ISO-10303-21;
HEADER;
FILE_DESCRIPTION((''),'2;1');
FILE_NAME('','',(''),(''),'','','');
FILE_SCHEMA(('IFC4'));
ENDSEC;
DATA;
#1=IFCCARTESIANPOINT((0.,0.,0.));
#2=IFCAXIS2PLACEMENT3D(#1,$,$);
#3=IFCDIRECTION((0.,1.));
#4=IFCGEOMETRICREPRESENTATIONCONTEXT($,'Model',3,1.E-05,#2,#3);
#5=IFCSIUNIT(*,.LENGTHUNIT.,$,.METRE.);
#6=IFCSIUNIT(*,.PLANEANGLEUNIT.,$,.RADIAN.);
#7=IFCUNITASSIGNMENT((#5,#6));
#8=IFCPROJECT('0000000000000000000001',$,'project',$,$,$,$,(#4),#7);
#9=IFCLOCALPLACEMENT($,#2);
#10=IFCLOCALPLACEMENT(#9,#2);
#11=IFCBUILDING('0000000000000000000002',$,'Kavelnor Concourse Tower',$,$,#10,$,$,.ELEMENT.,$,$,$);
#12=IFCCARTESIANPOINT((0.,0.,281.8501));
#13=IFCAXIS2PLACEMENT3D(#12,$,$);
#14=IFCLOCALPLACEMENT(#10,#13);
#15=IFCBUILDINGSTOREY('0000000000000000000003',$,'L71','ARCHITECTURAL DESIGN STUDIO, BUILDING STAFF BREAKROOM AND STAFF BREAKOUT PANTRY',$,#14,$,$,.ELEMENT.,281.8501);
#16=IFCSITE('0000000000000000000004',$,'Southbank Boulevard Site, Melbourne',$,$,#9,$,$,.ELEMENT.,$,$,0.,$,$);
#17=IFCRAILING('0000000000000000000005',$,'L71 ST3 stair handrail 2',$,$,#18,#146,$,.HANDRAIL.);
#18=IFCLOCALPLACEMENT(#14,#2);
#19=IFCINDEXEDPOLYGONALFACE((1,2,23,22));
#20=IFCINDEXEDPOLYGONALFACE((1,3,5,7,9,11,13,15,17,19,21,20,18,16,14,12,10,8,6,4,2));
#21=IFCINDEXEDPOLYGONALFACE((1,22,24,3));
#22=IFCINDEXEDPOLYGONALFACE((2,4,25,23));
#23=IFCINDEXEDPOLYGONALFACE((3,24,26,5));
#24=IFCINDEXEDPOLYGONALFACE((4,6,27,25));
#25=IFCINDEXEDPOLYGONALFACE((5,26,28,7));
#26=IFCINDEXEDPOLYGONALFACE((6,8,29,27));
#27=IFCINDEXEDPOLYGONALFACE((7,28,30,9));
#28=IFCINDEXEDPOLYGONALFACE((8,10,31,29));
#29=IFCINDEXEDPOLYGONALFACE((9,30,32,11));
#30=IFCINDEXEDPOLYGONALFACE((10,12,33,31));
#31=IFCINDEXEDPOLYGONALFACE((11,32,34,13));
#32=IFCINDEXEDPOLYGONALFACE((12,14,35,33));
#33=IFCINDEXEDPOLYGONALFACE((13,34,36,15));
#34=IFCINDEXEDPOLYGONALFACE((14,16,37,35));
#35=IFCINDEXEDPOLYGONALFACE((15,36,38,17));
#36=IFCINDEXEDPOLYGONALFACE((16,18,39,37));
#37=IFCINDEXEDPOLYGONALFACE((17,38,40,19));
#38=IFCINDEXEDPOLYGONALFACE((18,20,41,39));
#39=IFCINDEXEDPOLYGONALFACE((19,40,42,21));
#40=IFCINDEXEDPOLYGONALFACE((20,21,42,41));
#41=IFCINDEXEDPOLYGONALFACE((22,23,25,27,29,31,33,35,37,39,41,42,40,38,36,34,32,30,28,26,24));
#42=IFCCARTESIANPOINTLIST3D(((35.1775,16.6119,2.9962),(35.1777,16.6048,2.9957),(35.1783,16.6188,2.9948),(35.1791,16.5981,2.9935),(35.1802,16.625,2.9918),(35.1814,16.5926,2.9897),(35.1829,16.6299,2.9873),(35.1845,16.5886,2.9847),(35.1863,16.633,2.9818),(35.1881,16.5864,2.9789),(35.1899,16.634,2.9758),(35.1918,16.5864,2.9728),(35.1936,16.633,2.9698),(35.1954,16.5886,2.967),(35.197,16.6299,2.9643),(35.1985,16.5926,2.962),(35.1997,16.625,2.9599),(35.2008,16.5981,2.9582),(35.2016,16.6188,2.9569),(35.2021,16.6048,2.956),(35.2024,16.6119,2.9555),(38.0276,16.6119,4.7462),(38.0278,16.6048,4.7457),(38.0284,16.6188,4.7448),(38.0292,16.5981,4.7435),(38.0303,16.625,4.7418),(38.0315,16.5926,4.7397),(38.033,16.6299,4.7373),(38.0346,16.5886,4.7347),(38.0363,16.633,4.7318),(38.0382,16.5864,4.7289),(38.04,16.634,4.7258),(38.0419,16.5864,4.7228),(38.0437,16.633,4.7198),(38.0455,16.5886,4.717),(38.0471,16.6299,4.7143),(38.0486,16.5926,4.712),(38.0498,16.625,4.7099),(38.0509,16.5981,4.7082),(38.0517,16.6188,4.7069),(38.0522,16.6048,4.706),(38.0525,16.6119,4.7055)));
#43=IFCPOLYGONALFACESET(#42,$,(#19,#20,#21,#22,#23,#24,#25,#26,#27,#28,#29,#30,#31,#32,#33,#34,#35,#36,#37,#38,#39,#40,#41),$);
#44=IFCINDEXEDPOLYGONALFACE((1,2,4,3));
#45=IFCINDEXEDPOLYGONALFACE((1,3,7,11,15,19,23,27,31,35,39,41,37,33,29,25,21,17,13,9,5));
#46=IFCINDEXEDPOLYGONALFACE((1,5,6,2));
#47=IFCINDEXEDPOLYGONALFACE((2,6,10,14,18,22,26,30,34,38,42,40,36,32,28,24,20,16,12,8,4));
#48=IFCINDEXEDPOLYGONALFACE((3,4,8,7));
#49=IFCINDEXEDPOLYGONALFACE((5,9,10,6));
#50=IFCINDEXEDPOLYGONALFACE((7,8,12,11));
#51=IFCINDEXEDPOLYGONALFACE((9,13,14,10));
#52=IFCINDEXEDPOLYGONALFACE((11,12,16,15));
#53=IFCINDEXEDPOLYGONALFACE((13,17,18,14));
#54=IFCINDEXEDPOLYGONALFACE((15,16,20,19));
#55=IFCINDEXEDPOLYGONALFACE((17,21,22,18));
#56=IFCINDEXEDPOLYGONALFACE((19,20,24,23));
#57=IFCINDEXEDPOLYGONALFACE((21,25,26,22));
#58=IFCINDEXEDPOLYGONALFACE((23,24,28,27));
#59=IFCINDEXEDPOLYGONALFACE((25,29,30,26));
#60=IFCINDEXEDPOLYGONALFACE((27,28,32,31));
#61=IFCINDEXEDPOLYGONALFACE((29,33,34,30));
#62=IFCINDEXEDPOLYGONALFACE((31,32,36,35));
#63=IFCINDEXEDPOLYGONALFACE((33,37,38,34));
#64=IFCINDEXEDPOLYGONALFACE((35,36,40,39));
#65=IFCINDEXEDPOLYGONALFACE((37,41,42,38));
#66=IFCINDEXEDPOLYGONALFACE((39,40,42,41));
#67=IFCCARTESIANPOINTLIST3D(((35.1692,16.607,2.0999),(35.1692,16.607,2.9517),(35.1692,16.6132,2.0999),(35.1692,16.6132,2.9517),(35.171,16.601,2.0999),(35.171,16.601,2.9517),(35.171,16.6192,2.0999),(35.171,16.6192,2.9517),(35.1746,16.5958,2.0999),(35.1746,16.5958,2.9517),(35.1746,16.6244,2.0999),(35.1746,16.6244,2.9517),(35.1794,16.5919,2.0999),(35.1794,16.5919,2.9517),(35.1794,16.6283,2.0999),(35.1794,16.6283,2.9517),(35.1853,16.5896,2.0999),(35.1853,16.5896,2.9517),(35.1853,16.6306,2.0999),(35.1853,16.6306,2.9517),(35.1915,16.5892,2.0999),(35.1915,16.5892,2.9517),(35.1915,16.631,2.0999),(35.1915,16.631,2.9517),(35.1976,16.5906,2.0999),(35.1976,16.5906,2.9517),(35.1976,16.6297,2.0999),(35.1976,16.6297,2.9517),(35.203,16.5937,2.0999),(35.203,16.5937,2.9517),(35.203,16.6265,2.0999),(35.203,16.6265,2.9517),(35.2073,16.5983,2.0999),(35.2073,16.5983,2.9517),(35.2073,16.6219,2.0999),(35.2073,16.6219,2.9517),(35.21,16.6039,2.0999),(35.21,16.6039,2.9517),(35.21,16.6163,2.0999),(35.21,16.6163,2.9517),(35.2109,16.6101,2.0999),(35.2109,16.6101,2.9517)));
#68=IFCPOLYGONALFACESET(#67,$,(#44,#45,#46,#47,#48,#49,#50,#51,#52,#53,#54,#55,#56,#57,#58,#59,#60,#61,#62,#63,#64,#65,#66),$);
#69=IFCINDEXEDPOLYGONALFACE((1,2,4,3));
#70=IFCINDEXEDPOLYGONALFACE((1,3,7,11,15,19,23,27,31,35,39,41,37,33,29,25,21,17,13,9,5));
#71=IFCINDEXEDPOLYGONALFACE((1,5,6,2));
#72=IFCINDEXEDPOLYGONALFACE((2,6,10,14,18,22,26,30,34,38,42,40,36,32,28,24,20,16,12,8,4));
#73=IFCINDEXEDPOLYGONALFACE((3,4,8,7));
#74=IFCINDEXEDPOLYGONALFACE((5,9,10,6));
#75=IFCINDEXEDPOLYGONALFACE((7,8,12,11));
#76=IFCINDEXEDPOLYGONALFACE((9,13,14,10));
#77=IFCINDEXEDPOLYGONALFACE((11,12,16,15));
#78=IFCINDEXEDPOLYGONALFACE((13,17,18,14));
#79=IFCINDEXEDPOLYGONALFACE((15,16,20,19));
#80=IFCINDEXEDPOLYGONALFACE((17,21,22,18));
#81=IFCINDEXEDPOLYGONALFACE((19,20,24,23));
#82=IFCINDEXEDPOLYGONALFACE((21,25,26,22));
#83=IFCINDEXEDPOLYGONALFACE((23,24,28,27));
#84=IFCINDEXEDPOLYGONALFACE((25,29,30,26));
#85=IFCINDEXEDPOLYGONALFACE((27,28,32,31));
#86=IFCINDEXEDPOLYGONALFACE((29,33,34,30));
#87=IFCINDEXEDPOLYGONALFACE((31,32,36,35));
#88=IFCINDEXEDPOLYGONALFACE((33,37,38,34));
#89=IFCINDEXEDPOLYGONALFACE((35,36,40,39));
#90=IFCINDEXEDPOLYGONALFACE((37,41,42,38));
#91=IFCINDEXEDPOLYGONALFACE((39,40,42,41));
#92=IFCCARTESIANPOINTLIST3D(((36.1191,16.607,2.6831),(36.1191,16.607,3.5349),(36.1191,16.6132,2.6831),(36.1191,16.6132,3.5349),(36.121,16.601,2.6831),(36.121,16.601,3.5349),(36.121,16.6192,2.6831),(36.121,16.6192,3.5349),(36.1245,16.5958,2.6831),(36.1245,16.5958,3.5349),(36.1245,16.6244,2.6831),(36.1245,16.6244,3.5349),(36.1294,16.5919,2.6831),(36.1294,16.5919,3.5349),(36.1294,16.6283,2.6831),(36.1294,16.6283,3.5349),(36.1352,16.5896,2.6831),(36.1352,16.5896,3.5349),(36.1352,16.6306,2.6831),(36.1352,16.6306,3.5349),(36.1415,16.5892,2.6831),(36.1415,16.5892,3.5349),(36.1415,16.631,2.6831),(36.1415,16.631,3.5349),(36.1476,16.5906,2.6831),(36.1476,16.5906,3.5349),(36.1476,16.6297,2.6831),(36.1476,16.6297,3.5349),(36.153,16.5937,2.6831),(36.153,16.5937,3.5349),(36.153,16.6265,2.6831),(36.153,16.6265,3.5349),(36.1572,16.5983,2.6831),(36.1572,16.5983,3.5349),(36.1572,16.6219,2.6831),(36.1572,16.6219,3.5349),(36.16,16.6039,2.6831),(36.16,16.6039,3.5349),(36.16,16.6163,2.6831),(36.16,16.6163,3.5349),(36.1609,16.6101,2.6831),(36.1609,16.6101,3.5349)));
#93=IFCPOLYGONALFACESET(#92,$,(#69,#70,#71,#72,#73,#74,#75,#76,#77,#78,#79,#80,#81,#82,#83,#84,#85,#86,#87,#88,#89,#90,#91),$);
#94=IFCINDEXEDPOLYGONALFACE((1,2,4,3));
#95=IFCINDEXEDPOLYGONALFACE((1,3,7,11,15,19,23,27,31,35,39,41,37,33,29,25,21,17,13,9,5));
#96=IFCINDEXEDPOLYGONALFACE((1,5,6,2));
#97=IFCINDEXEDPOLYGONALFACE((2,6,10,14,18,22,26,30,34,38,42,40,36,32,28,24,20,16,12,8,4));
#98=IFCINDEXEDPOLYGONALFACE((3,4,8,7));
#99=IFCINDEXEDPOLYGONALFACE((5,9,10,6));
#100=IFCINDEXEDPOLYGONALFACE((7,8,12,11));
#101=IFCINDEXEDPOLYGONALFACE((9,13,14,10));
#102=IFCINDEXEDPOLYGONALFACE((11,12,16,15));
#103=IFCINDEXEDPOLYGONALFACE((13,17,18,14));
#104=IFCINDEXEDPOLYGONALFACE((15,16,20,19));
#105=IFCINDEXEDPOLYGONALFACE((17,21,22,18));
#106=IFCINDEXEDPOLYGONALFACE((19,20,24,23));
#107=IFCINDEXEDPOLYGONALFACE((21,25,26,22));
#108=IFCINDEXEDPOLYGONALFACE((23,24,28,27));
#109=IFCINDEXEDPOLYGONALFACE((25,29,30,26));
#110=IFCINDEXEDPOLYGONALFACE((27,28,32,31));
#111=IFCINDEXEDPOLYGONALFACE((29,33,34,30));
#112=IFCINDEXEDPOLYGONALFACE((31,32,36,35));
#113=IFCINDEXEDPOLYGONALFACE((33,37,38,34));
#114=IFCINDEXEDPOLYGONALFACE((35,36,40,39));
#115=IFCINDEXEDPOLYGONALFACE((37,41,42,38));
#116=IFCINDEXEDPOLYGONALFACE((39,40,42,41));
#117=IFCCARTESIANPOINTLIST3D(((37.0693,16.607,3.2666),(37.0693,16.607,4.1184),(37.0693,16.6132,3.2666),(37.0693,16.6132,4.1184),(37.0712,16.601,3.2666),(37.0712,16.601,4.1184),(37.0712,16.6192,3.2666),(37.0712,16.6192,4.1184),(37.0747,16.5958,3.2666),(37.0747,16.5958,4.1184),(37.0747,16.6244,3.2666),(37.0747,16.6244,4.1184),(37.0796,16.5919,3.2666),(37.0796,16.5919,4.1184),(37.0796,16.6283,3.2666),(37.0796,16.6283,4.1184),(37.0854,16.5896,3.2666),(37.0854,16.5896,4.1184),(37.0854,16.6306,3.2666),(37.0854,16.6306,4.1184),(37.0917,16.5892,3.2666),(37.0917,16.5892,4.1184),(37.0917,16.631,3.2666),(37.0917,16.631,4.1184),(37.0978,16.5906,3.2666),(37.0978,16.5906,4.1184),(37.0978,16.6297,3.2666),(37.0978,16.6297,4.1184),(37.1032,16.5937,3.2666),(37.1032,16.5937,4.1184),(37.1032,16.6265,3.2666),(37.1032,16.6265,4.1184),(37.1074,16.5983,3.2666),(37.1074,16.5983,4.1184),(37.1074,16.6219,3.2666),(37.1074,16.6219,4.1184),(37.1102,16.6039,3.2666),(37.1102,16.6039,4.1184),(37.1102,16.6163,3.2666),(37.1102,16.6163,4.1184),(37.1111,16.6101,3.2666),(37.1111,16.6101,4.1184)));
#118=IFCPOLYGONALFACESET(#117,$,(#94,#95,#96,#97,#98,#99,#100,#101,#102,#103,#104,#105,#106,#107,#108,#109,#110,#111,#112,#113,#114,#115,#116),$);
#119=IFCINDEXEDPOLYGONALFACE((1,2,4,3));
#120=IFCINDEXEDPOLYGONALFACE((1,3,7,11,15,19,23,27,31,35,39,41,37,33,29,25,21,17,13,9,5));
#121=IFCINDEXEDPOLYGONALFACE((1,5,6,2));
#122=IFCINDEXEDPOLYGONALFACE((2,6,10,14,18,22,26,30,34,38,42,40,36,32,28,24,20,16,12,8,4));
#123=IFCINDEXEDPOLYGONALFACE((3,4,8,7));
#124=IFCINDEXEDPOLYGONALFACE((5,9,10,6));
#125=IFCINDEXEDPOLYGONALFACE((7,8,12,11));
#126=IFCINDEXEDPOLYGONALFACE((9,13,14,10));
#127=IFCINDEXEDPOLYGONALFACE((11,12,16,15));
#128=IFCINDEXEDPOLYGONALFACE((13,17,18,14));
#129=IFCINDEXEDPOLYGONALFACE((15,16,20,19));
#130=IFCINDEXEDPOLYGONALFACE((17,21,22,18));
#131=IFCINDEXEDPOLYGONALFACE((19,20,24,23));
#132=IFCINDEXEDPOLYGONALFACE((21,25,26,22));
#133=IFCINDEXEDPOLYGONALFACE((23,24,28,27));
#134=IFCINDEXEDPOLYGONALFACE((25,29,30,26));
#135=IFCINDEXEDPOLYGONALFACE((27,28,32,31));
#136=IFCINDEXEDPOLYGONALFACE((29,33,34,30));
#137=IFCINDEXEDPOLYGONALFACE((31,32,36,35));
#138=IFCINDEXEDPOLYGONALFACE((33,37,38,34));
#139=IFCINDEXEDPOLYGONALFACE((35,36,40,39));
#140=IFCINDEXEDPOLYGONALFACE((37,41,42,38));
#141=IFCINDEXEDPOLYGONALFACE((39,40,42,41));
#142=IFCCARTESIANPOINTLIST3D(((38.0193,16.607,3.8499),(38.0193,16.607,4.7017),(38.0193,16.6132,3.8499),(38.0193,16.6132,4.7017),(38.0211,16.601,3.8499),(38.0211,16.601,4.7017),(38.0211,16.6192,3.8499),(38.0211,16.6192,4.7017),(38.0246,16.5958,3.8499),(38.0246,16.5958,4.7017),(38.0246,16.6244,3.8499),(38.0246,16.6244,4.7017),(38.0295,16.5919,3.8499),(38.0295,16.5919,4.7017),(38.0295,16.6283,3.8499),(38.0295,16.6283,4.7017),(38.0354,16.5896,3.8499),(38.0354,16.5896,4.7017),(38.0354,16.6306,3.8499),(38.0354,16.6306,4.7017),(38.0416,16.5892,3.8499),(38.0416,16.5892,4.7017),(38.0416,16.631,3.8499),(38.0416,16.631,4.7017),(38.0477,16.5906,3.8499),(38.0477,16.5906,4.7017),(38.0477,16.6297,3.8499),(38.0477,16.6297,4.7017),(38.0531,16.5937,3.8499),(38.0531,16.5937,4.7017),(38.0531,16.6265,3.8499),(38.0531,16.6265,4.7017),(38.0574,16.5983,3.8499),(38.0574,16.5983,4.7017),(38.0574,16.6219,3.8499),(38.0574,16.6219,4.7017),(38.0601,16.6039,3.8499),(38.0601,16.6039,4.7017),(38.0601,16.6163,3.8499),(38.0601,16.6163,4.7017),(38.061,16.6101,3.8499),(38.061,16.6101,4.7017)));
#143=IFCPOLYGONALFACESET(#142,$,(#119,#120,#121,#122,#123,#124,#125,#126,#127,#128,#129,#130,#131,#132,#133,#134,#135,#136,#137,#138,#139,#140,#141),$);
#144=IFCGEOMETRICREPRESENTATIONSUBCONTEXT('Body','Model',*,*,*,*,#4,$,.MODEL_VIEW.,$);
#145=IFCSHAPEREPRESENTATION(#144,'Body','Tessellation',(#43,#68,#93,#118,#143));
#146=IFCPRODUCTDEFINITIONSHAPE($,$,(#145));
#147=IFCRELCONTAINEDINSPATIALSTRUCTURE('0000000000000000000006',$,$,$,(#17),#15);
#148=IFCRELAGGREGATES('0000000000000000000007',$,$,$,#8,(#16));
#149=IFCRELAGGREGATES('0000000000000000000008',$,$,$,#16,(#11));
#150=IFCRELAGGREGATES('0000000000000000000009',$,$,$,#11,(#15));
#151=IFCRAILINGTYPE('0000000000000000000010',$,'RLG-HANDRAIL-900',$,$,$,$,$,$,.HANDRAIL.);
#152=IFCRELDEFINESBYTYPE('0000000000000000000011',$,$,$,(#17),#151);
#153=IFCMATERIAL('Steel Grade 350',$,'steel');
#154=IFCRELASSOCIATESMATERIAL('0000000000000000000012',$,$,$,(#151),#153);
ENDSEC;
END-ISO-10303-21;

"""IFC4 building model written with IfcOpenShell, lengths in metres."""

from ifc_helpers import new_model, si_unit, direction, frame, origin, origin_2d, place, context, subcontext, project, spatial, circle, extrude, material, type_object, element, save


model = new_model("IFC4")

# Units and contexts
model_context = context("Model", 3, precision=1e-05, world=origin(), true_north=direction((0.0, 1.0)))
body_context = subcontext(model_context, "Body", "Model", "MODEL_VIEW")
ifc_project = project(units=[si_unit("LENGTHUNIT", "METRE"), si_unit("PLANEANGLEUNIT", "RADIAN")], contexts=[model_context])

# Site, building, storey
site_placement = place(None, origin())
site = spatial("IfcSite", under=ifc_project, at=site_placement, Name="Southbank Boulevard Site, Melbourne", CompositionType="ELEMENT", RefElevation=0.0)
building_placement = place(site_placement, origin())
building = spatial("IfcBuilding", under=site, at=building_placement, Name="Kavelnor Concourse Tower", CompositionType="ELEMENT")
storey_placement = place(building_placement, frame((0.0, 0.0, 281.8501)))
storey = spatial("IfcBuildingStorey", under=building, at=storey_placement, Name="L71", Description="ARCHITECTURAL DESIGN STUDIO, BUILDING STAFF BREAKROOM AND STAFF BREAKOUT PANTRY", CompositionType="ELEMENT", Elevation=281.8501)

# Shared definitions
ifc_material_1 = material(Name="Steel Grade 350", Category="steel")

# Railing
railing_type_1 = type_object("IfcRailingType", Name="RLG-HANDRAIL-900", PredefinedType="HANDRAIL", material=ifc_material_1)
railing_1_placement = place(storey_placement, frame((35.1899, 16.6101, 2.0999)))
element("IfcRailing", 1, at=railing_1_placement, inside=storey, type_object=railing_type_1, Name="L71 ST3 stair handrail 2", PredefinedType="HANDRAIL", context=body_context, shape_type="SweptSolid", body=[
    extrude(circle(Radius=0.0239, at=origin_2d()), frame((0.0, 0.0, 0.876), z_axis=(0.852179, 0.0, 0.52325), x_axis=(0.0, 1.0, 0.0)), (0.0, 0.0, 1.0), 3.3445),
    extrude(circle(Radius=0.021, at=origin_2d()), origin(), (0.0, 0.0, 1.0), 0.8518),
    extrude(circle(Radius=0.021, at=origin_2d()), frame((0.95, 0.0, 0.5833)), (0.0, 0.0, 1.0), 0.8518),
    extrude(circle(Radius=0.021, at=origin_2d()), frame((1.9001, 0.0, 1.1667)), (0.0, 0.0, 1.0), 0.8518),
    extrude(circle(Radius=0.021, at=origin_2d()), frame((2.8501, 0.0, 1.75)), (0.0, 0.0, 1.0), 0.8518),
])

save(model, "model.ifc")
